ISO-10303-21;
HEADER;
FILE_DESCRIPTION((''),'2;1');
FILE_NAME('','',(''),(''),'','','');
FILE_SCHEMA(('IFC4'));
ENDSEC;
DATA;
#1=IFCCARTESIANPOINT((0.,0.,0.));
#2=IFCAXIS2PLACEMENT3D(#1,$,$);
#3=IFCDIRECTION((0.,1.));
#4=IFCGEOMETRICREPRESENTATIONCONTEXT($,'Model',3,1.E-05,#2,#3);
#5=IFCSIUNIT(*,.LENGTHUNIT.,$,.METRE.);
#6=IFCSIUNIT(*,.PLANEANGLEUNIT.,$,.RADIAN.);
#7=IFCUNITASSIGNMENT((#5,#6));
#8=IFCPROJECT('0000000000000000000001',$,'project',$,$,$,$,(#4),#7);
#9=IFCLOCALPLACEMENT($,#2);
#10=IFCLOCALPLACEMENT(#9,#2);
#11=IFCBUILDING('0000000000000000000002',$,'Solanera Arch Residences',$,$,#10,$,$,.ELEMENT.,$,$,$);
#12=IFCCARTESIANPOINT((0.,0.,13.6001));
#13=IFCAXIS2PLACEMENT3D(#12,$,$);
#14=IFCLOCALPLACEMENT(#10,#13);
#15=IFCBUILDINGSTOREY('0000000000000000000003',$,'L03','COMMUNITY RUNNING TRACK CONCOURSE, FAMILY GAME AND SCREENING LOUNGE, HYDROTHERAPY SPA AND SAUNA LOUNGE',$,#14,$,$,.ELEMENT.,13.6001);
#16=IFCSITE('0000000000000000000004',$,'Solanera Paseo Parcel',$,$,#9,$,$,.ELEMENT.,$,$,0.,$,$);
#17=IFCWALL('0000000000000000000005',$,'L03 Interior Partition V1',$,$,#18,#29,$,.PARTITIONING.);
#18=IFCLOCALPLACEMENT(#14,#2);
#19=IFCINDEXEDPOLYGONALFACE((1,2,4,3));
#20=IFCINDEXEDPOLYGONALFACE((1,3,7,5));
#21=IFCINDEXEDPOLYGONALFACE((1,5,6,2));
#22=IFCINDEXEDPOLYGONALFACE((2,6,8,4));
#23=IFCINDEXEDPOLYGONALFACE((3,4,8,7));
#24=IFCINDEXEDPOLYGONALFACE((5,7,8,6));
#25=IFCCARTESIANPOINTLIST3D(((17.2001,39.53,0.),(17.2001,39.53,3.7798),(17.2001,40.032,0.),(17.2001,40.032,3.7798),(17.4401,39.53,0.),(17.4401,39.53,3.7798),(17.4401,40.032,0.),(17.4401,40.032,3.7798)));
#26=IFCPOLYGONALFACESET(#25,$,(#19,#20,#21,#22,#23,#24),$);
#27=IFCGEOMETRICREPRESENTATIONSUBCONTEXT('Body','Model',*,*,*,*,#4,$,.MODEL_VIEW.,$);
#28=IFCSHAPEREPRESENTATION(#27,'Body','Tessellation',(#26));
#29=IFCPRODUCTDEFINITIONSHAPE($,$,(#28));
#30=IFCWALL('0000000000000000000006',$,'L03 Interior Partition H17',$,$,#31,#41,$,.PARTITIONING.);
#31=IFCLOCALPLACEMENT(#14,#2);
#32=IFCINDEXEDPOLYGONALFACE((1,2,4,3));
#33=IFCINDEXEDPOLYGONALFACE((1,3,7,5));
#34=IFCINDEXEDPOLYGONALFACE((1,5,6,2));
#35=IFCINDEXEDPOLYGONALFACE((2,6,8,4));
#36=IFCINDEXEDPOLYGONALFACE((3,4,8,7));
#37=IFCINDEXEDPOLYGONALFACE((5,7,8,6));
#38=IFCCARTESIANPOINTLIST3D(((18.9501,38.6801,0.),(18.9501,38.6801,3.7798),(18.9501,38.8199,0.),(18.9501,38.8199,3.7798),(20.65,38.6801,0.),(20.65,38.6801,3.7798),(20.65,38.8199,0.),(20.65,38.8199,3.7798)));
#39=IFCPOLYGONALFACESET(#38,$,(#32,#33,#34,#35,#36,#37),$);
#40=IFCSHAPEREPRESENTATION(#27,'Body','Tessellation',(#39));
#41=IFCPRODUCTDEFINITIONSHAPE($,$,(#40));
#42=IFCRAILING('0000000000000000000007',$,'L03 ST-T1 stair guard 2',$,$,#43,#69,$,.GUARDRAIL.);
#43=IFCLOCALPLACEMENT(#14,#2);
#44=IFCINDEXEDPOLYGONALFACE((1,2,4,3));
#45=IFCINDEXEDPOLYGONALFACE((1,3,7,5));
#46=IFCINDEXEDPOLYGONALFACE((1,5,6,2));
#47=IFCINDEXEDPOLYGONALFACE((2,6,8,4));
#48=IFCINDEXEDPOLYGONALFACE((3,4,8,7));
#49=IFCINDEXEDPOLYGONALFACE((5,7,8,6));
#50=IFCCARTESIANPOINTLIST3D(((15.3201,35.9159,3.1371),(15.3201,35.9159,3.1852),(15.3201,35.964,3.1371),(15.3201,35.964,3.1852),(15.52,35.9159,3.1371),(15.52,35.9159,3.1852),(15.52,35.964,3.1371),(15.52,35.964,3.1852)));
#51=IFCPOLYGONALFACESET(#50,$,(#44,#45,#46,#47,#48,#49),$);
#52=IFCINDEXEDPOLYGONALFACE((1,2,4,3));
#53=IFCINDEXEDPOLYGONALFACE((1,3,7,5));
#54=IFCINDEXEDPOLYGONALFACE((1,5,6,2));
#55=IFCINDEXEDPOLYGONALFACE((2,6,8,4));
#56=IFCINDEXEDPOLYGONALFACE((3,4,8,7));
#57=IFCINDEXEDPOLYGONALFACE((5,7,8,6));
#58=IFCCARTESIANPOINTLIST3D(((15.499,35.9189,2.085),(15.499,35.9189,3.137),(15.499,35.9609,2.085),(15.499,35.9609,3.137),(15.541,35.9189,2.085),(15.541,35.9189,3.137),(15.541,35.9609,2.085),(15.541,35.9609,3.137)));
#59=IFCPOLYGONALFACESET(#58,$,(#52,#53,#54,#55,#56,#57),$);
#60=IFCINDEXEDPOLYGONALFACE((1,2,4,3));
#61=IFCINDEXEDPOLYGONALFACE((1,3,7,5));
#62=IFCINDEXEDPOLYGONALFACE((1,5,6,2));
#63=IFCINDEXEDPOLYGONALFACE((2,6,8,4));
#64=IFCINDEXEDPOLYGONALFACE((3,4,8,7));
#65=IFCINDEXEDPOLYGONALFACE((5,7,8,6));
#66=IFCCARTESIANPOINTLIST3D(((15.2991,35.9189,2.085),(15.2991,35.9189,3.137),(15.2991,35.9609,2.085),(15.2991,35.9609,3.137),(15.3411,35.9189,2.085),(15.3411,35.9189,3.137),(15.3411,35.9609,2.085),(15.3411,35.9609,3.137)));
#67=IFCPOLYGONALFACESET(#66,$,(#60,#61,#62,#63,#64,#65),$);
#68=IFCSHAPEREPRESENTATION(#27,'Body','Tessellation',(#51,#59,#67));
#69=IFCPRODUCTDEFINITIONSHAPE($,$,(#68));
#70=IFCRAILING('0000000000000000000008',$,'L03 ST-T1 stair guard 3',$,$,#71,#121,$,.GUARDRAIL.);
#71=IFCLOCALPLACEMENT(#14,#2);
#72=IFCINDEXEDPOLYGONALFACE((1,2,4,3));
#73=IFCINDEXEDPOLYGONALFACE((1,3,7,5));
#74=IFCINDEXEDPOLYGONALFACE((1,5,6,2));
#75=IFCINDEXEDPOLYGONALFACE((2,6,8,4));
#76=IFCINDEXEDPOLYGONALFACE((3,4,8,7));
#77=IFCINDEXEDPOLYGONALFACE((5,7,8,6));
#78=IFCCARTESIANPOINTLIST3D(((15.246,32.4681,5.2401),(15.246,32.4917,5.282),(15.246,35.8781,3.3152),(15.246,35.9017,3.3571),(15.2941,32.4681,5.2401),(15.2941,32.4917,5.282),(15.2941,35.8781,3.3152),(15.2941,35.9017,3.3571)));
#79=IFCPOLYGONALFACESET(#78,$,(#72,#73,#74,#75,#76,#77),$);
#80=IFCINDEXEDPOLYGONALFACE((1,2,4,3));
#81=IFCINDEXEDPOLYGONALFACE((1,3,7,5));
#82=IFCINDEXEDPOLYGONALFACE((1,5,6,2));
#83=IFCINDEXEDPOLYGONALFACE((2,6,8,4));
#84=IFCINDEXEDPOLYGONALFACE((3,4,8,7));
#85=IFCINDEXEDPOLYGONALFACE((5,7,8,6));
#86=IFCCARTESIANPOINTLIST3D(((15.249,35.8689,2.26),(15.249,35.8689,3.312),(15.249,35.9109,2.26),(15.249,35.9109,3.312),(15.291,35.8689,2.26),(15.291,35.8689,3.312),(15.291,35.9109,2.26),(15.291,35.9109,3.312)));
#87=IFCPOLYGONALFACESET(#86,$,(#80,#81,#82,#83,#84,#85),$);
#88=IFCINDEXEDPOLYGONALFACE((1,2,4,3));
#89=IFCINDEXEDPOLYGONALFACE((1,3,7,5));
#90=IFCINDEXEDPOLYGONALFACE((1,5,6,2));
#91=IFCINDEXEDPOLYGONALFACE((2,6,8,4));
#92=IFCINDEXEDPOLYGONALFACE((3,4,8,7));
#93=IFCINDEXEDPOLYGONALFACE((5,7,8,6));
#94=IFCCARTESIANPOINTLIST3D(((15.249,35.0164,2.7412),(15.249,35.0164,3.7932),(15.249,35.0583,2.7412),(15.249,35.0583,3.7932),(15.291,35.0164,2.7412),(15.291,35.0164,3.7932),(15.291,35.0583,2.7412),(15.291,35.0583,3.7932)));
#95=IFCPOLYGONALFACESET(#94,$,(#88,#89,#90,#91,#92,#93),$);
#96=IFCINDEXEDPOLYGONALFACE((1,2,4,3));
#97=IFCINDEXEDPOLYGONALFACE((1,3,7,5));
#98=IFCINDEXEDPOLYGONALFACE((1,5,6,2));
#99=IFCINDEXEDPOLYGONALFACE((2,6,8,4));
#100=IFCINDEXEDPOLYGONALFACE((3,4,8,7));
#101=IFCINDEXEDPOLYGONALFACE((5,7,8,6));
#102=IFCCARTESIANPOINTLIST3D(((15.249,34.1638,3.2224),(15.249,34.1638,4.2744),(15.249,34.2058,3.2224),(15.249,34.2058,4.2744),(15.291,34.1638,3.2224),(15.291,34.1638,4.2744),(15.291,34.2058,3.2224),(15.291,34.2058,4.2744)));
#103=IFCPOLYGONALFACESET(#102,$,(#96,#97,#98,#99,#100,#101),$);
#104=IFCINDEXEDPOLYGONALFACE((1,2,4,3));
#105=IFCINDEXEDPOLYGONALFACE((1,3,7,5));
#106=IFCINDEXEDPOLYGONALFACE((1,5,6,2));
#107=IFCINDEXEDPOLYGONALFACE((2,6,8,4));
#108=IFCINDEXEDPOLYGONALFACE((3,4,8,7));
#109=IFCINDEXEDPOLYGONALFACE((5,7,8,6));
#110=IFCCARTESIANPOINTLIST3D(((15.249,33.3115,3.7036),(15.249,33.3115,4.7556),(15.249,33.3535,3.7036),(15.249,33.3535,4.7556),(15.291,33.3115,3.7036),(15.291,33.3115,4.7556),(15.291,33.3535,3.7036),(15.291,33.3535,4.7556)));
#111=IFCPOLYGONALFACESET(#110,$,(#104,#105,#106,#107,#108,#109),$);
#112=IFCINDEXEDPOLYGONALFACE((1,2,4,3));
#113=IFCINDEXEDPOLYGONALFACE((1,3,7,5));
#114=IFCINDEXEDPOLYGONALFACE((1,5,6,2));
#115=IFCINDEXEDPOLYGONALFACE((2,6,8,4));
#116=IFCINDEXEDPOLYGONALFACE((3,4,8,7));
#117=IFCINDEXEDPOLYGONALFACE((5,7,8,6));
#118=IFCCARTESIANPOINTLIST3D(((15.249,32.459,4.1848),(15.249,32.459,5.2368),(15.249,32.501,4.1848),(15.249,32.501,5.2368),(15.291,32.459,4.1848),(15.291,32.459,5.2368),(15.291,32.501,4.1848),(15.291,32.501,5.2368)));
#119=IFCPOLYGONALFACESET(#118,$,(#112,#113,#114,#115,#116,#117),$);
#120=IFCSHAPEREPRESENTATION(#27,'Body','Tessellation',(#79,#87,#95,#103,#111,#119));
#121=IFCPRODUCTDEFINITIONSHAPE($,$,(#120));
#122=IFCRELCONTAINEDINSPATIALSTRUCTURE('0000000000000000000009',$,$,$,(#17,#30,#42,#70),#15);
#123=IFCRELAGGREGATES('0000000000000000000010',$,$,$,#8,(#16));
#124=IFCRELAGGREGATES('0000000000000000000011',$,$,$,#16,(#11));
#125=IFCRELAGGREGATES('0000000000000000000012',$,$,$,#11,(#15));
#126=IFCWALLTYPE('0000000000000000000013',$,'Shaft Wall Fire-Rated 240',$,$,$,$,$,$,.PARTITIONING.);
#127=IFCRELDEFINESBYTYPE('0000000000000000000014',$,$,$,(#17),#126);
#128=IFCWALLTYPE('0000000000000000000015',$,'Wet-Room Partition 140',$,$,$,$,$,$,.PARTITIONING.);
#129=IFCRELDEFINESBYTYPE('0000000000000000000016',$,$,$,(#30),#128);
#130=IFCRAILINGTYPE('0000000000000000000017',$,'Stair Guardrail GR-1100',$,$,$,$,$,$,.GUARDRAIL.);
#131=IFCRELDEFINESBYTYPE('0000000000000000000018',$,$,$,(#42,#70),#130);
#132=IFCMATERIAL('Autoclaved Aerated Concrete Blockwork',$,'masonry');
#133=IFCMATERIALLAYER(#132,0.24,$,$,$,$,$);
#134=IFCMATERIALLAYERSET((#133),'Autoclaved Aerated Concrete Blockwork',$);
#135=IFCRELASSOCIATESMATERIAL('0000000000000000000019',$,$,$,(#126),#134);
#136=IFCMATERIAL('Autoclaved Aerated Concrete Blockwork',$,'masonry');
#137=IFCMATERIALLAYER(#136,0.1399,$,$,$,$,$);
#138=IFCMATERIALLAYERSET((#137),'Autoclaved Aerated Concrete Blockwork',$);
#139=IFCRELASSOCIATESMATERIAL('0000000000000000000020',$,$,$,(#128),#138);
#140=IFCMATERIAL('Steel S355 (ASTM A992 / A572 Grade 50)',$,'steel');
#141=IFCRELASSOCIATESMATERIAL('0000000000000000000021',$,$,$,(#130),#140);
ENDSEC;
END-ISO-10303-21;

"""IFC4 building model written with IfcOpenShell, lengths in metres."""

from ifc_helpers import new_model, si_unit, direction, frame, frame_2d, origin, origin_2d, place, context, subcontext, project, spatial, rectangle, extrude, material, layer, layer_set, type_object, element, save


model = new_model("IFC4")

# Units and contexts
model_context = context("Model", 3, precision=1e-05, world=origin(), true_north=direction((0.0, 1.0)))
body_context = subcontext(model_context, "Body", "Model", "MODEL_VIEW")
ifc_project = project(units=[si_unit("LENGTHUNIT", "METRE"), si_unit("PLANEANGLEUNIT", "RADIAN")], contexts=[model_context])

# Site, building, storey
site_placement = place(None, origin())
site = spatial("IfcSite", under=ifc_project, at=site_placement, Name="Solanera Paseo Parcel", CompositionType="ELEMENT", RefElevation=0.0)
building_placement = place(site_placement, origin())
building = spatial("IfcBuilding", under=site, at=building_placement, Name="Solanera Arch Residences", CompositionType="ELEMENT")
storey_placement = place(building_placement, frame((0.0, 0.0, 13.6001)))
storey = spatial("IfcBuildingStorey", under=building, at=storey_placement, Name="L03", Description="COMMUNITY RUNNING TRACK CONCOURSE, FAMILY GAME AND SCREENING LOUNGE, HYDROTHERAPY SPA AND SAUNA LOUNGE", CompositionType="ELEMENT", Elevation=13.6001)

# Walls
ifc_material_1 = material(Name="Autoclaved Aerated Concrete Blockwork", Category="masonry")
ifc_layer_1 = layer(ifc_material_1, 0.24)
ifc_layer_set_1 = layer_set([ifc_layer_1], Name="Autoclaved Aerated Concrete Blockwork")
wall_type_1 = type_object("IfcWallType", Name="Shaft Wall Fire-Rated 240", PredefinedType="PARTITIONING", material=ifc_layer_set_1)
wall_1_placement = place(storey_placement, frame((17.3201, 39.53, 0.0), z_axis=(0.0, 0.0, 1.0), x_axis=(0.0, 1.0, 0.0)))
element("IfcWall", 1, at=wall_1_placement, inside=storey, type_object=wall_type_1, Name="L03 Interior Partition V1", PredefinedType="PARTITIONING", context=body_context, shape_type="SweptSolid", body=[
    extrude(rectangle(XDim=0.502, YDim=0.24, at=frame_2d((0.251, 0.0))), origin(), (0.0, 0.0, 1.0), 3.7798),
])
ifc_material_2 = material(Name="Autoclaved Aerated Concrete Blockwork", Category="masonry")
ifc_layer_2 = layer(ifc_material_2, 0.1399)
ifc_layer_set_2 = layer_set([ifc_layer_2], Name="Autoclaved Aerated Concrete Blockwork")
wall_type_2 = type_object("IfcWallType", Name="Wet-Room Partition 140", PredefinedType="PARTITIONING", material=ifc_layer_set_2)
wall_2_placement = place(storey_placement, frame((18.95, 38.75, 0.0), z_axis=(0.0, 0.0, 1.0), x_axis=(1.0, 0.0, 0.0)))
element("IfcWall", 2, at=wall_2_placement, inside=storey, type_object=wall_type_2, Name="L03 Interior Partition H17", PredefinedType="PARTITIONING", context=body_context, shape_type="SweptSolid", body=[
    extrude(rectangle(XDim=1.7, YDim=0.1399, at=frame_2d((0.8501, 0.0))), origin(), (0.0, 0.0, 1.0), 3.7798),
])

# Railings
ifc_material_3 = material(Name="Steel S355 (ASTM A992 / A572 Grade 50)", Category="steel")
railing_type = type_object("IfcRailingType", Name="Stair Guardrail GR-1100", PredefinedType="GUARDRAIL", material=ifc_material_3)
railing_1_placement = place(storey_placement, frame((15.52, 35.9399, 2.085)))
element("IfcRailing", 3, at=railing_1_placement, inside=storey, type_object=railing_type, Name="L03 ST-T1 stair guard 2", PredefinedType="GUARDRAIL", context=body_context, shape_type="SweptSolid", body=[
    extrude(rectangle(XDim=0.0481, YDim=0.0481, at=origin_2d()), frame((0.0, 0.0, 1.0762), z_axis=(-1.0, 0.0, 0.0), x_axis=(0.0, -1.0, 0.0)), (0.0, 0.0, 1.0), 0.2),
    extrude(rectangle(XDim=0.042, YDim=0.042, at=origin_2d()), origin(), (0.0, 0.0, 1.0), 1.052),
    extrude(rectangle(XDim=0.042, YDim=0.042, at=origin_2d()), frame((-0.2, 0.0, 0.0)), (0.0, 0.0, 1.0), 1.052),
])
railing_2_placement = place(storey_placement, frame((15.27, 35.8899, 2.26)))
element("IfcRailing", 4, at=railing_2_placement, inside=storey, type_object=railing_type, Name="L03 ST-T1 stair guard 3", PredefinedType="GUARDRAIL", context=body_context, shape_type="SweptSolid", body=[
    extrude(rectangle(XDim=0.0481, YDim=0.0481, at=origin_2d()), frame((0.0, 0.0, 1.0762), z_axis=(0.0, -0.87084, 0.491566), x_axis=(1.0, 0.0, 0.0)), (0.0, 0.0, 1.0), 3.9158),
    extrude(rectangle(XDim=0.042, YDim=0.042, at=origin_2d()), origin(), (0.0, 0.0, 1.0), 1.052),
    extrude(rectangle(XDim=0.042, YDim=0.042, at=origin_2d()), frame((0.0, -0.8525, 0.4812)), (0.0, 0.0, 1.0), 1.052),
    extrude(rectangle(XDim=0.042, YDim=0.042, at=origin_2d()), frame((0.0, -1.7051, 0.9624)), (0.0, 0.0, 1.0), 1.052),
    extrude(rectangle(XDim=0.042, YDim=0.042, at=origin_2d()), frame((0.0, -2.5574, 1.4436)), (0.0, 0.0, 1.0), 1.052),
    extrude(rectangle(XDim=0.042, YDim=0.042, at=origin_2d()), frame((0.0, -3.4099, 1.9248)), (0.0, 0.0, 1.0), 1.052),
])

save(model, "model.ifc")
